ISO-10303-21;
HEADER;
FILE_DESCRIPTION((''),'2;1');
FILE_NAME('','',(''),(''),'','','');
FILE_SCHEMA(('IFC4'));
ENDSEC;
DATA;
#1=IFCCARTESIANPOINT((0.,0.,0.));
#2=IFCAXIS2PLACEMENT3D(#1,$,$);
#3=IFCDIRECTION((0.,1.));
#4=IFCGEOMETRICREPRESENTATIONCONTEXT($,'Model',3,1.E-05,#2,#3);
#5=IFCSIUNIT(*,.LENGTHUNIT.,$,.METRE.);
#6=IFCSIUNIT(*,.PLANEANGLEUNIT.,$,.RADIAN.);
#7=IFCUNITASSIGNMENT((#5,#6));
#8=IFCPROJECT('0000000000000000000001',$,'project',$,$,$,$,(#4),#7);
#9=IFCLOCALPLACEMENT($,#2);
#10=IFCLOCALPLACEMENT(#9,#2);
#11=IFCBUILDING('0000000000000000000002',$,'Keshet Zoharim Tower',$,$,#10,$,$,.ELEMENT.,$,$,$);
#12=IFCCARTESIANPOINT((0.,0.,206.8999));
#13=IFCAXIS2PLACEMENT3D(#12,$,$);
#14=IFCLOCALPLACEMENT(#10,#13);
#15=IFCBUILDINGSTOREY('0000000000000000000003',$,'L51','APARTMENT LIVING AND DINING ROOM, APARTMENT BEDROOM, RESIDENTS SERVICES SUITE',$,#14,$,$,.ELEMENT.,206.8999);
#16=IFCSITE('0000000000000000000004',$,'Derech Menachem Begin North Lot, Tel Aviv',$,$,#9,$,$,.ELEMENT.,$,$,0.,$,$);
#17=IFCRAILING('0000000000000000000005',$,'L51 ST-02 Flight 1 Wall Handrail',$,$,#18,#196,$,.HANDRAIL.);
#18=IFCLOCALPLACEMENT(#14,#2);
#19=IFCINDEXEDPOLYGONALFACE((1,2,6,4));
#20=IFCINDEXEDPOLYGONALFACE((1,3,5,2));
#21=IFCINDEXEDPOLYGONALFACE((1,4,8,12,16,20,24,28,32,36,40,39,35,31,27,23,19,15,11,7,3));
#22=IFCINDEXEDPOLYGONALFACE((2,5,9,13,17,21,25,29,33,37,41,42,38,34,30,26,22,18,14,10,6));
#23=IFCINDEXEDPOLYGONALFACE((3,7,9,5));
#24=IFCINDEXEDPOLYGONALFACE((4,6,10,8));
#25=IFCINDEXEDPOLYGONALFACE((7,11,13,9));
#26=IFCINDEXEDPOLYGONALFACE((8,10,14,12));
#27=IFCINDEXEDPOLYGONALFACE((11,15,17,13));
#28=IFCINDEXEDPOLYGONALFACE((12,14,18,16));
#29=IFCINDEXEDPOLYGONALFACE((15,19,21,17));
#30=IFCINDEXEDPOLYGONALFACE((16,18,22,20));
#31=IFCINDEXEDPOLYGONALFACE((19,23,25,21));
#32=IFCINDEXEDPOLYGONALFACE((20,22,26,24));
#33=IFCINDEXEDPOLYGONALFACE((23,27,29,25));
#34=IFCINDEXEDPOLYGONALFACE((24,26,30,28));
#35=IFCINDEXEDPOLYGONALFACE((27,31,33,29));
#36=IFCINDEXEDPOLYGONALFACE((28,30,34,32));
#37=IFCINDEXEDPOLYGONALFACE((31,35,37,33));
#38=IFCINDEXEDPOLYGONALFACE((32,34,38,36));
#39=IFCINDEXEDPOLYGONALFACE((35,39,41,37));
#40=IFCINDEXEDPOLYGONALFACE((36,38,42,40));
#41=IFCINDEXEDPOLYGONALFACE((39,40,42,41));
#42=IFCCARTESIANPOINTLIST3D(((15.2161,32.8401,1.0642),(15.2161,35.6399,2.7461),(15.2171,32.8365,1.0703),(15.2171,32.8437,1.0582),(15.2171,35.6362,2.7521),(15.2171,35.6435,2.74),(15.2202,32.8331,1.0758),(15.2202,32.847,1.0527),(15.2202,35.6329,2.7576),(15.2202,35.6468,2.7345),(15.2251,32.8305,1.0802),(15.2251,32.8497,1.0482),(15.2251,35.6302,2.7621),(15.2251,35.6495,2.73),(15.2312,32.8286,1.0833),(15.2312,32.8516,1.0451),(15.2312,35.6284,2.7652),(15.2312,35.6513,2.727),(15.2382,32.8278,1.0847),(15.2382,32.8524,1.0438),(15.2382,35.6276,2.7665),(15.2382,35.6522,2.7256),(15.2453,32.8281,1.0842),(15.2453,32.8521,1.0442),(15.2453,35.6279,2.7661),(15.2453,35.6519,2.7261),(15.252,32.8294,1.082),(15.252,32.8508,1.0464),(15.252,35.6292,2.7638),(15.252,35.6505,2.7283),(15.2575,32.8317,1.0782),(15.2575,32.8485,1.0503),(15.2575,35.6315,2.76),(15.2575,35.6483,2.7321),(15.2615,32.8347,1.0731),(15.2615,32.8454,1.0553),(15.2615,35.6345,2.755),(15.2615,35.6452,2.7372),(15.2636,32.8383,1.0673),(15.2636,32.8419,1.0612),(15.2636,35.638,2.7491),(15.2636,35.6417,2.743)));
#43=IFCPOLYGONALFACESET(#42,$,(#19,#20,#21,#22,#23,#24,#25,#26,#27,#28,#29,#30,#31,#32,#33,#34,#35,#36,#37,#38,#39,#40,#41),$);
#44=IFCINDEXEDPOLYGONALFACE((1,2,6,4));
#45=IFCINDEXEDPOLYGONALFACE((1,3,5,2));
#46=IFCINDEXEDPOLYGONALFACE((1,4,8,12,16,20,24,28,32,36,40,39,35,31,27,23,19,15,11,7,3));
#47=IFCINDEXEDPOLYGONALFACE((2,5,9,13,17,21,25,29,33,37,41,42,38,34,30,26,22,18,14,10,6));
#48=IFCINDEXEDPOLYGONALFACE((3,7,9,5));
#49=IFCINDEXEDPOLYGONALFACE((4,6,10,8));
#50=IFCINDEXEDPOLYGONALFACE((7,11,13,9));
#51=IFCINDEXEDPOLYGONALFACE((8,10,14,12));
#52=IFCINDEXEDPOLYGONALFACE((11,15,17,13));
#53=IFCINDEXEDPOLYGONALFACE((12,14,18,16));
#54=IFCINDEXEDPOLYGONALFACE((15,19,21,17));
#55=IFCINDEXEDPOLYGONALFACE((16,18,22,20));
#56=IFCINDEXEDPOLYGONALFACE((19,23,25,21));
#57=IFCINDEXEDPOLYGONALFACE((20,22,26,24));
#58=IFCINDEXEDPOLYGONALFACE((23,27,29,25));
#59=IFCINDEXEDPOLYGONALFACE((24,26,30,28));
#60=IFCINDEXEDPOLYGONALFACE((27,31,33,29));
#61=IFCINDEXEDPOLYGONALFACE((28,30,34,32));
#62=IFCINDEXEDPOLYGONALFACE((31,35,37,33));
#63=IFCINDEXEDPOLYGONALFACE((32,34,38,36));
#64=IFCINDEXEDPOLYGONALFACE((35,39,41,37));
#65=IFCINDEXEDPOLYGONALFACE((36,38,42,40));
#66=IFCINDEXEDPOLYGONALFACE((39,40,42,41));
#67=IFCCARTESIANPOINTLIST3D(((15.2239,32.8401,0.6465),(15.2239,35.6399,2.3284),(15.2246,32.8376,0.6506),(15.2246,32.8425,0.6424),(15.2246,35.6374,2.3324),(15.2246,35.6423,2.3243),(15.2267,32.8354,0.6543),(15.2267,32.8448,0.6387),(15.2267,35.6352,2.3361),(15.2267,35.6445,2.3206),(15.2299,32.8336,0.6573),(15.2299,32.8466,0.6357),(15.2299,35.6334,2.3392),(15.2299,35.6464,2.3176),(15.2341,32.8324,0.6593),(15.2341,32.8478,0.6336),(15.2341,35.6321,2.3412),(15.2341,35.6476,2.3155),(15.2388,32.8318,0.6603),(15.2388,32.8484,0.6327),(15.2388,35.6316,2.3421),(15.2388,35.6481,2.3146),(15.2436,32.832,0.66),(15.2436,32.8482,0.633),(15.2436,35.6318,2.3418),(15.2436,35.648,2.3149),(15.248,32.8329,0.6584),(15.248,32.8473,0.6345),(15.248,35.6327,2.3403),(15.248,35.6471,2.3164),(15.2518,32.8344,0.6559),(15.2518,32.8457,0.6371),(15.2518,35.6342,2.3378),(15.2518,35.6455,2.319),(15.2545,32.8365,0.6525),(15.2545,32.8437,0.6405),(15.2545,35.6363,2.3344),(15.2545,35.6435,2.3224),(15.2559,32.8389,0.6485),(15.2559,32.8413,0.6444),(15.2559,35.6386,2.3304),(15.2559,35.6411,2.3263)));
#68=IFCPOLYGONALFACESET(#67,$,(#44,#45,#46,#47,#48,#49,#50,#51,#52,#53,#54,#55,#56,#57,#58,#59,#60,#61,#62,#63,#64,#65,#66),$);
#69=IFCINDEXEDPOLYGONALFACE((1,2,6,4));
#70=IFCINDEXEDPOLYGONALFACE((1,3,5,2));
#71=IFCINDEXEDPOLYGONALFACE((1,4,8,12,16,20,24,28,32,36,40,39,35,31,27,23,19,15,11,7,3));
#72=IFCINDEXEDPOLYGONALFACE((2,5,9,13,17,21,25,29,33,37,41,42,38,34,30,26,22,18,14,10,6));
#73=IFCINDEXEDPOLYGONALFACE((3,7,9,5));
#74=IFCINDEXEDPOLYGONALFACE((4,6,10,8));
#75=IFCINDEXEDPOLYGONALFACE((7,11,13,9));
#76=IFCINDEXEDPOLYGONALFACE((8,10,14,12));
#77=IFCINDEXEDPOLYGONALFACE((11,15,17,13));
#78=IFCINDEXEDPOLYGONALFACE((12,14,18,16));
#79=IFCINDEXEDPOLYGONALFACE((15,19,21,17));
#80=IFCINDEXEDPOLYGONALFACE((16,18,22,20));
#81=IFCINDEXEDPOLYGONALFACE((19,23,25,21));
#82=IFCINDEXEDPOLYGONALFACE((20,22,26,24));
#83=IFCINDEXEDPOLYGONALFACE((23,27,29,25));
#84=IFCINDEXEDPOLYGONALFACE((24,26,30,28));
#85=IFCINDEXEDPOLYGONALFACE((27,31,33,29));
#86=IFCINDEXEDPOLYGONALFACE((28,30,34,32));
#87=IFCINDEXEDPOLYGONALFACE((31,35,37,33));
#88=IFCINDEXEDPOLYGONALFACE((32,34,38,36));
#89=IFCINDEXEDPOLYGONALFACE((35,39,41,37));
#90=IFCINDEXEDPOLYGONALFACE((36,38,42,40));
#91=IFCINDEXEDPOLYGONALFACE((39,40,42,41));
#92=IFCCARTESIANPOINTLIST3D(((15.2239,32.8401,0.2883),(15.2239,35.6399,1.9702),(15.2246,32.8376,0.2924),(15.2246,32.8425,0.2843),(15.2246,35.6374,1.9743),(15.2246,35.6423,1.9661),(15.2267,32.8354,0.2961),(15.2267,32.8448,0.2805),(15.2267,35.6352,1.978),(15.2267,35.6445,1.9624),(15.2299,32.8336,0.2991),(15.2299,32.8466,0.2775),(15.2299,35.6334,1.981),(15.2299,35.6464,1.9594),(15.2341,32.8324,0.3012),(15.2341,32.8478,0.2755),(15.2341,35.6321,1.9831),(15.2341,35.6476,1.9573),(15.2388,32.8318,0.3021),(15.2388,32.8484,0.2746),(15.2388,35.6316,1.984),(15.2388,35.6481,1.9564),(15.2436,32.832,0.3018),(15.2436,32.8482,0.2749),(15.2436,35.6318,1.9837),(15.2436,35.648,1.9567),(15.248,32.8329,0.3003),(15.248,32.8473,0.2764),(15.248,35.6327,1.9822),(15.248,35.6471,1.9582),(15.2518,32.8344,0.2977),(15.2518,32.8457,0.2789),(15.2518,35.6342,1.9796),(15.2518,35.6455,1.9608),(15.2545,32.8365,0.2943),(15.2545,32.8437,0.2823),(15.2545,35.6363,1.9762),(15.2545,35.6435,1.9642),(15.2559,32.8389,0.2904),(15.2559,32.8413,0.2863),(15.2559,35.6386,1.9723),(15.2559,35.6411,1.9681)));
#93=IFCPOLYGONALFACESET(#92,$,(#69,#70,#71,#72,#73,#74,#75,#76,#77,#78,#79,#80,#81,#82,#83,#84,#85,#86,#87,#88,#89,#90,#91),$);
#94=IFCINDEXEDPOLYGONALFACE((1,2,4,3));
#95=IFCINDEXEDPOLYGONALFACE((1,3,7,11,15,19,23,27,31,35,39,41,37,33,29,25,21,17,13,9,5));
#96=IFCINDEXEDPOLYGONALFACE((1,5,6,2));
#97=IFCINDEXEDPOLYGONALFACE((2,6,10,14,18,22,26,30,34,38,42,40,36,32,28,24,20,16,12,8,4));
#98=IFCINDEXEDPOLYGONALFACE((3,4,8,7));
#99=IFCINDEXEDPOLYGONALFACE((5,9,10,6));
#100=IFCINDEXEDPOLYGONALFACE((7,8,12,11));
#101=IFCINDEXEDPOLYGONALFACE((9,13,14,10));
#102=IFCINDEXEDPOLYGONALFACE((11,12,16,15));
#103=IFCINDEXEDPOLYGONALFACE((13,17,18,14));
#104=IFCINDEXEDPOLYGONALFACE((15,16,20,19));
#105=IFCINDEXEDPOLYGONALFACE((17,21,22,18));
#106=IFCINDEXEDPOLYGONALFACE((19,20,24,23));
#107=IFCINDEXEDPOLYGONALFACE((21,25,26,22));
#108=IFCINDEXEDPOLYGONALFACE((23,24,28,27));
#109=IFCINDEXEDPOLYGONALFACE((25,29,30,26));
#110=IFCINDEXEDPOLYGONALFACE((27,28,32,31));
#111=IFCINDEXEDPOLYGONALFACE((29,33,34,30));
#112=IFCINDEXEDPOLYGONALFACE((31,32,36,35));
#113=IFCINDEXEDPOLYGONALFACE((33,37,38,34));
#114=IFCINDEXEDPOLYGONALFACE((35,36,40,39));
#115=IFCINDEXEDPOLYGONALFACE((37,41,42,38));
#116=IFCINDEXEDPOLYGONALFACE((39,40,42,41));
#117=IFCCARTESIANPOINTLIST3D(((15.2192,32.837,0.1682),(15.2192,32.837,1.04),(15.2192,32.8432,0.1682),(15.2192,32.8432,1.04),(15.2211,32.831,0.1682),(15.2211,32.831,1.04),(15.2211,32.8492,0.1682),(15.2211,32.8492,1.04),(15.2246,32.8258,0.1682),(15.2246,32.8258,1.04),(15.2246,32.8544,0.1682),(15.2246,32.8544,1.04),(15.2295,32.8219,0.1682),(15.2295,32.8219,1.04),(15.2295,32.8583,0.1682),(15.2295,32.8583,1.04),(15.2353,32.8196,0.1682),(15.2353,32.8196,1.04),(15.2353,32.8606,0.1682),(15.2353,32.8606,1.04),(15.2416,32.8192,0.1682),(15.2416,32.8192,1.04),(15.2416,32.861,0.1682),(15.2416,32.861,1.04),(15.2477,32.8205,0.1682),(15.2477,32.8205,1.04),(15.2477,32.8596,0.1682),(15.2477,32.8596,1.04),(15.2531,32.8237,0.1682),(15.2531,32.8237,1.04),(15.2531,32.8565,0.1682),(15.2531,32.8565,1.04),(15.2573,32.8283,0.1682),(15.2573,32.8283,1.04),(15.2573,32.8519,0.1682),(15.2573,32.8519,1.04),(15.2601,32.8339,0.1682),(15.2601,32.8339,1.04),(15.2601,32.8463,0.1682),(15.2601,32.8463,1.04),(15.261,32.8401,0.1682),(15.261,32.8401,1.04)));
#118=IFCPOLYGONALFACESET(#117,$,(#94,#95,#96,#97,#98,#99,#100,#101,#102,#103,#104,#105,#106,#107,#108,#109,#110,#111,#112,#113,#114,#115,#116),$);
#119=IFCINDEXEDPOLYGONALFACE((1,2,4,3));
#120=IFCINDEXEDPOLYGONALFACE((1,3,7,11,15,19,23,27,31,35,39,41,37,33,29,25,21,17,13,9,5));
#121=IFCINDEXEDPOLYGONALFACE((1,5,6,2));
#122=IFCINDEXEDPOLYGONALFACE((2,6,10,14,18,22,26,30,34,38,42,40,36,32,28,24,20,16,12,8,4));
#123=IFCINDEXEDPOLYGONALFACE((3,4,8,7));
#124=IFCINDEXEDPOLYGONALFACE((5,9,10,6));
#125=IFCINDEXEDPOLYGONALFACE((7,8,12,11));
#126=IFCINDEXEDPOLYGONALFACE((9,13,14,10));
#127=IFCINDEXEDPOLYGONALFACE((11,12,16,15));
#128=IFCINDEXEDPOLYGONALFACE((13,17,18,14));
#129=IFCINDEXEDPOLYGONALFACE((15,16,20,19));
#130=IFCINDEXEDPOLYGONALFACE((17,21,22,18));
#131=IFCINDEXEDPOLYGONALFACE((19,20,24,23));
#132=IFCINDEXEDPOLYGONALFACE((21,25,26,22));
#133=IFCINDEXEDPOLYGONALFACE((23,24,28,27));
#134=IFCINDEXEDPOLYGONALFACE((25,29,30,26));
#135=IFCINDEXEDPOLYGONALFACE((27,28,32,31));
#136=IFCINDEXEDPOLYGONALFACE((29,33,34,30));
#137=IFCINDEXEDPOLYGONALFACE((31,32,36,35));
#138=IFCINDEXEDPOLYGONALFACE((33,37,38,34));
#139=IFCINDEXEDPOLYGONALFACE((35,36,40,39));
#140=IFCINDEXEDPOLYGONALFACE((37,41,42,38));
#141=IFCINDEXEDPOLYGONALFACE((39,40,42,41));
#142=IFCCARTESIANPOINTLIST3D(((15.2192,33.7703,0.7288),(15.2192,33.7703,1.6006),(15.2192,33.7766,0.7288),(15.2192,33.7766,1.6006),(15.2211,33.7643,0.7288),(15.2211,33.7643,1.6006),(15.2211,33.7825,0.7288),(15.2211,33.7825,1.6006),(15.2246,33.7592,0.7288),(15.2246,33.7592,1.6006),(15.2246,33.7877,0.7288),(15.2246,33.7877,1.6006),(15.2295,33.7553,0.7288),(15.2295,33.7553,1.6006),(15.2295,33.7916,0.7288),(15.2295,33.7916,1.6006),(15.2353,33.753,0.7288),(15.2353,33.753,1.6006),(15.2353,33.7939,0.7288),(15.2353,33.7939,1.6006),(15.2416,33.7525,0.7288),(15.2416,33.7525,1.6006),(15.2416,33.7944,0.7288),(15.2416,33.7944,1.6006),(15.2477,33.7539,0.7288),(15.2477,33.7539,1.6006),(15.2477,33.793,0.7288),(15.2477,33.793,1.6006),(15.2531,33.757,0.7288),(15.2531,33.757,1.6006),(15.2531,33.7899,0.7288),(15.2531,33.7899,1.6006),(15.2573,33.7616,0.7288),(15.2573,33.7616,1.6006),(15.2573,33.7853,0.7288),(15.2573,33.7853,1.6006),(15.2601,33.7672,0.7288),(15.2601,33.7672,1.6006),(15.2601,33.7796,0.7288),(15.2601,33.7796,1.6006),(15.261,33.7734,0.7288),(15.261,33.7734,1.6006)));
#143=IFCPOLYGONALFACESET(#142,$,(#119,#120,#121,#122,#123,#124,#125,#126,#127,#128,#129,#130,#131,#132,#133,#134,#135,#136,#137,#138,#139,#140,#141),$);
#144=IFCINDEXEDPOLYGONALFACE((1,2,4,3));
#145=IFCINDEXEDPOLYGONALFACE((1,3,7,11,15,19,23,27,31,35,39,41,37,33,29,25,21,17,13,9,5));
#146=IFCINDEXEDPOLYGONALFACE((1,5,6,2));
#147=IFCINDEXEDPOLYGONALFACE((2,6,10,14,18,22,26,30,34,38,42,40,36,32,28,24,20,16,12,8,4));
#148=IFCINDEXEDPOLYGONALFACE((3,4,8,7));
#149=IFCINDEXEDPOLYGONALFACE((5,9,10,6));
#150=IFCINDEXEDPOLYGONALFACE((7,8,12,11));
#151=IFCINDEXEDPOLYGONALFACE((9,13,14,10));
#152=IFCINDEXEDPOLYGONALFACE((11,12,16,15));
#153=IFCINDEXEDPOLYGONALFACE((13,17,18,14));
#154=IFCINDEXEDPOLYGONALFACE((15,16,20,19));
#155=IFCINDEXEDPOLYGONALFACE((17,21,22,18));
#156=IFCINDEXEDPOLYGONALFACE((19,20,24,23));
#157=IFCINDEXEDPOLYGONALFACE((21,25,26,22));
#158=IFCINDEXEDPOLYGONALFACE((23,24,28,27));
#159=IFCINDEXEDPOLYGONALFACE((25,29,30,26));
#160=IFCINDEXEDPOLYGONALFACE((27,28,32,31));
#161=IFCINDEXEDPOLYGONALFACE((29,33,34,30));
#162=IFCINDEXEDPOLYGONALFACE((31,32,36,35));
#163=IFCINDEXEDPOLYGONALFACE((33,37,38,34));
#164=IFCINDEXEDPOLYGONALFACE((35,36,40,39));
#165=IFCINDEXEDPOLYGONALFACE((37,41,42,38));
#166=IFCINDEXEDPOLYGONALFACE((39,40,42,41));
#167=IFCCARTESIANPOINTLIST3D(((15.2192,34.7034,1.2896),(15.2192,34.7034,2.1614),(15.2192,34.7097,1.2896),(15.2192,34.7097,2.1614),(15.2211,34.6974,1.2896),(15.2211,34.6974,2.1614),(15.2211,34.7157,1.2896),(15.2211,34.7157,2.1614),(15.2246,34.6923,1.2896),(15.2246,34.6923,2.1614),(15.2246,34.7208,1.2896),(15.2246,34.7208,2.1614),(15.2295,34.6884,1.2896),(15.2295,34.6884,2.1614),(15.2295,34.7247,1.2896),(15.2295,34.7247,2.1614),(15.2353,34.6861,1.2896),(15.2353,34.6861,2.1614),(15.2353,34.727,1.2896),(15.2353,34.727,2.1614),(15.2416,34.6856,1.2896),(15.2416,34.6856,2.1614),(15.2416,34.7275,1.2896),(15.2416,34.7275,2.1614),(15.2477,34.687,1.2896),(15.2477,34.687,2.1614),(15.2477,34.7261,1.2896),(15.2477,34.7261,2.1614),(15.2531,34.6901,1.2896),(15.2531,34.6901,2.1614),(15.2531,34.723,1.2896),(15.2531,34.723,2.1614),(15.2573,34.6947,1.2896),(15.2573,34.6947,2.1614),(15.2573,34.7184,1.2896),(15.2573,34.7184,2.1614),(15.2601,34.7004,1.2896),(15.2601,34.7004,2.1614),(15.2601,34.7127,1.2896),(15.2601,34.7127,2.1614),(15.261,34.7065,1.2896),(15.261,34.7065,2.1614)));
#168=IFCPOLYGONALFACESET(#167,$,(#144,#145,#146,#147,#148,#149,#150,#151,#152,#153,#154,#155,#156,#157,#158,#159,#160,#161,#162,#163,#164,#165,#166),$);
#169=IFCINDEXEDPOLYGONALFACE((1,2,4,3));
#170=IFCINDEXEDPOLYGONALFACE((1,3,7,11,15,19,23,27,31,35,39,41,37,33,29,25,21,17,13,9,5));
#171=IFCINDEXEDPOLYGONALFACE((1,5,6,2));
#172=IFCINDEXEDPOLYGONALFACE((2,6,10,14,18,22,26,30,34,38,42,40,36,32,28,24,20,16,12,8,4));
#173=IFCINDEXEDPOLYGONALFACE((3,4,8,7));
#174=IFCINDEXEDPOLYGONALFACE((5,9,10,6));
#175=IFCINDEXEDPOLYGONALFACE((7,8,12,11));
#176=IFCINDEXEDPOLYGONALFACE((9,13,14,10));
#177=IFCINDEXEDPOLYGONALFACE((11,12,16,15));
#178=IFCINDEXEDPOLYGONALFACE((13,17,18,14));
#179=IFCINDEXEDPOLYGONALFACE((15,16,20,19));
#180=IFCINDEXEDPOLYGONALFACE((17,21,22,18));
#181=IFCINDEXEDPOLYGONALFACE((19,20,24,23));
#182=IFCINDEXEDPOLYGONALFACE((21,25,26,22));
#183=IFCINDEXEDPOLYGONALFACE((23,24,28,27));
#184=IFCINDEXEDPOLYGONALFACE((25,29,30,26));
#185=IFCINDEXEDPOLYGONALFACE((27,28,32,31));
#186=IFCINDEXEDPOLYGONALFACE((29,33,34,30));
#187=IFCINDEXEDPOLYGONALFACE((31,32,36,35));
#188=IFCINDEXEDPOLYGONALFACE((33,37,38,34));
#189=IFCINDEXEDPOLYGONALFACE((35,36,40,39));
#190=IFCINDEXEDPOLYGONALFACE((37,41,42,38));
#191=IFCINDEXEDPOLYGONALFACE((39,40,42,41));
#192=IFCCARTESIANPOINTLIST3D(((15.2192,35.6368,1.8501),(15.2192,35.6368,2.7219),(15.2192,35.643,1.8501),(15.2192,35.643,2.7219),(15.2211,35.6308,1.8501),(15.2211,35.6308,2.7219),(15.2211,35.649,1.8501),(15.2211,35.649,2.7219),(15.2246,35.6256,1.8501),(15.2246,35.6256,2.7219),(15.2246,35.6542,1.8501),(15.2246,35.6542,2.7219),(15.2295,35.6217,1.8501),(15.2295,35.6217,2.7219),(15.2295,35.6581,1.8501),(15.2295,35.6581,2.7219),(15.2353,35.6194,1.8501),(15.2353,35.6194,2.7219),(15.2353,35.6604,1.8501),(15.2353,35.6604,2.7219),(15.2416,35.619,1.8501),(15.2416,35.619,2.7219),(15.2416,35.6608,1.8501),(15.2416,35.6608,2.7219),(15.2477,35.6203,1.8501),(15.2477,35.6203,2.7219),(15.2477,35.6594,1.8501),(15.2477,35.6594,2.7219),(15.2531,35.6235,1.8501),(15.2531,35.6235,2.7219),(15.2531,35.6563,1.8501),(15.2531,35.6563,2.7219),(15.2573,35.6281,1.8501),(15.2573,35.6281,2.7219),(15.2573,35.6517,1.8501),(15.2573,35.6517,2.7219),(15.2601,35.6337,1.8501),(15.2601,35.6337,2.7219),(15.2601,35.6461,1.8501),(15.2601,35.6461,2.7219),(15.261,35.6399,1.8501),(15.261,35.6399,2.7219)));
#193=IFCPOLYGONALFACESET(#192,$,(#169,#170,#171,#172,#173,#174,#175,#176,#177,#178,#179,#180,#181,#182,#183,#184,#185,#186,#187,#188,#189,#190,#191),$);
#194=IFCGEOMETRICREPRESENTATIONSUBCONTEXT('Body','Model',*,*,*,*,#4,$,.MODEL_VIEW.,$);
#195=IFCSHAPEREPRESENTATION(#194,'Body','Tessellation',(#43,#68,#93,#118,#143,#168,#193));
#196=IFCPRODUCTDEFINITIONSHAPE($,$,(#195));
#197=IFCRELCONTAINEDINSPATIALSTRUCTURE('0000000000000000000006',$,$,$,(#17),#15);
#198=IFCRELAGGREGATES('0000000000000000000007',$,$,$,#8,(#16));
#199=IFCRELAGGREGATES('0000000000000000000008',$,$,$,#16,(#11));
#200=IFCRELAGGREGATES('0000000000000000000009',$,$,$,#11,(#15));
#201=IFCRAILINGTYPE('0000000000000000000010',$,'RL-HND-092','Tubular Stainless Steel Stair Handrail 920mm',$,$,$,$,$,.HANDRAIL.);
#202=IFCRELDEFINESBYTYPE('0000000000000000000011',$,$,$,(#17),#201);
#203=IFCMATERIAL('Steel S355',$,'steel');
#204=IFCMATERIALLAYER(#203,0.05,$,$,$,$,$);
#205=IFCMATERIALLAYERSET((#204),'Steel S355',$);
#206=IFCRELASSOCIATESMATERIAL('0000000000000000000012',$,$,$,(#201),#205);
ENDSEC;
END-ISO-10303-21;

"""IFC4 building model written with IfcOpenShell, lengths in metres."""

from ifc_helpers import new_model, si_unit, direction, frame, origin, origin_2d, place, context, subcontext, project, spatial, circle, extrude, material, layer, layer_set, type_object, element, save


model = new_model("IFC4")

# Units and contexts
model_context = context("Model", 3, precision=1e-05, world=origin(), true_north=direction((0.0, 1.0)))
body_context = subcontext(model_context, "Body", "Model", "MODEL_VIEW")
ifc_project = project(units=[si_unit("LENGTHUNIT", "METRE"), si_unit("PLANEANGLEUNIT", "RADIAN")], contexts=[model_context])

# Site, building, storey
site_placement = place(None, origin())
site = spatial("IfcSite", under=ifc_project, at=site_placement, Name="Derech Menachem Begin North Lot, Tel Aviv", CompositionType="ELEMENT", RefElevation=0.0)
building_placement = place(site_placement, origin())
building = spatial("IfcBuilding", under=site, at=building_placement, Name="Keshet Zoharim Tower", CompositionType="ELEMENT")
storey_placement = place(building_placement, frame((0.0, 0.0, 206.8999)))
storey = spatial("IfcBuildingStorey", under=building, at=storey_placement, Name="L51", Description="APARTMENT LIVING AND DINING ROOM, APARTMENT BEDROOM, RESIDENTS SERVICES SUITE", CompositionType="ELEMENT", Elevation=206.8999)

# Shared definitions
ifc_material_1 = material(Name="Steel S355", Category="steel")

# Railing
ifc_layer_1 = layer(ifc_material_1, 0.05)
ifc_layer_set_1 = layer_set([ifc_layer_1], Name="Steel S355")
railing_type_1 = type_object("IfcRailingType", Name="RL-HND-092", Description="Tubular Stainless Steel Stair Handrail 920mm", PredefinedType="HANDRAIL", material=ifc_layer_set_1)
railing_1_placement = place(storey_placement, frame((15.24, 32.8401, 0.1682)))
element("IfcRailing", 1, at=railing_1_placement, inside=storey, type_object=railing_type_1, Name="L51 ST-02 Flight 1 Wall Handrail", PredefinedType="HANDRAIL", context=body_context, shape_type="SweptSolid", body=[
    extrude(circle(Radius=0.0239, at=origin_2d()), frame((0.0, 0.0, 0.896), z_axis=(0.0, 0.857222, 0.514946), x_axis=(-1.0, 0.0, 0.0)), (0.0, 0.0, 1.0), 3.2661),
    extrude(circle(Radius=0.0161, at=origin_2d()), frame((0.0, 0.0, 0.4783), z_axis=(0.0, 0.857222, 0.514946), x_axis=(-1.0, 0.0, 0.0)), (0.0, 0.0, 1.0), 3.2661),
    extrude(circle(Radius=0.0161, at=origin_2d()), frame((0.0, 0.0, 0.1201), z_axis=(0.0, 0.857222, 0.514946), x_axis=(-1.0, 0.0, 0.0)), (0.0, 0.0, 1.0), 3.2661),
    extrude(circle(Radius=0.021, at=origin_2d()), origin(), (0.0, 0.0, 1.0), 0.8718),
    extrude(circle(Radius=0.021, at=origin_2d()), frame((0.0, 0.9333, 0.5605)), (0.0, 0.0, 1.0), 0.8718),
    extrude(circle(Radius=0.021, at=origin_2d()), frame((0.0, 1.8665, 1.1213)), (0.0, 0.0, 1.0), 0.8718),
    extrude(circle(Radius=0.021, at=origin_2d()), frame((0.0, 2.7998, 1.6819)), (0.0, 0.0, 1.0), 0.8718),
])

save(model, "model.ifc")
